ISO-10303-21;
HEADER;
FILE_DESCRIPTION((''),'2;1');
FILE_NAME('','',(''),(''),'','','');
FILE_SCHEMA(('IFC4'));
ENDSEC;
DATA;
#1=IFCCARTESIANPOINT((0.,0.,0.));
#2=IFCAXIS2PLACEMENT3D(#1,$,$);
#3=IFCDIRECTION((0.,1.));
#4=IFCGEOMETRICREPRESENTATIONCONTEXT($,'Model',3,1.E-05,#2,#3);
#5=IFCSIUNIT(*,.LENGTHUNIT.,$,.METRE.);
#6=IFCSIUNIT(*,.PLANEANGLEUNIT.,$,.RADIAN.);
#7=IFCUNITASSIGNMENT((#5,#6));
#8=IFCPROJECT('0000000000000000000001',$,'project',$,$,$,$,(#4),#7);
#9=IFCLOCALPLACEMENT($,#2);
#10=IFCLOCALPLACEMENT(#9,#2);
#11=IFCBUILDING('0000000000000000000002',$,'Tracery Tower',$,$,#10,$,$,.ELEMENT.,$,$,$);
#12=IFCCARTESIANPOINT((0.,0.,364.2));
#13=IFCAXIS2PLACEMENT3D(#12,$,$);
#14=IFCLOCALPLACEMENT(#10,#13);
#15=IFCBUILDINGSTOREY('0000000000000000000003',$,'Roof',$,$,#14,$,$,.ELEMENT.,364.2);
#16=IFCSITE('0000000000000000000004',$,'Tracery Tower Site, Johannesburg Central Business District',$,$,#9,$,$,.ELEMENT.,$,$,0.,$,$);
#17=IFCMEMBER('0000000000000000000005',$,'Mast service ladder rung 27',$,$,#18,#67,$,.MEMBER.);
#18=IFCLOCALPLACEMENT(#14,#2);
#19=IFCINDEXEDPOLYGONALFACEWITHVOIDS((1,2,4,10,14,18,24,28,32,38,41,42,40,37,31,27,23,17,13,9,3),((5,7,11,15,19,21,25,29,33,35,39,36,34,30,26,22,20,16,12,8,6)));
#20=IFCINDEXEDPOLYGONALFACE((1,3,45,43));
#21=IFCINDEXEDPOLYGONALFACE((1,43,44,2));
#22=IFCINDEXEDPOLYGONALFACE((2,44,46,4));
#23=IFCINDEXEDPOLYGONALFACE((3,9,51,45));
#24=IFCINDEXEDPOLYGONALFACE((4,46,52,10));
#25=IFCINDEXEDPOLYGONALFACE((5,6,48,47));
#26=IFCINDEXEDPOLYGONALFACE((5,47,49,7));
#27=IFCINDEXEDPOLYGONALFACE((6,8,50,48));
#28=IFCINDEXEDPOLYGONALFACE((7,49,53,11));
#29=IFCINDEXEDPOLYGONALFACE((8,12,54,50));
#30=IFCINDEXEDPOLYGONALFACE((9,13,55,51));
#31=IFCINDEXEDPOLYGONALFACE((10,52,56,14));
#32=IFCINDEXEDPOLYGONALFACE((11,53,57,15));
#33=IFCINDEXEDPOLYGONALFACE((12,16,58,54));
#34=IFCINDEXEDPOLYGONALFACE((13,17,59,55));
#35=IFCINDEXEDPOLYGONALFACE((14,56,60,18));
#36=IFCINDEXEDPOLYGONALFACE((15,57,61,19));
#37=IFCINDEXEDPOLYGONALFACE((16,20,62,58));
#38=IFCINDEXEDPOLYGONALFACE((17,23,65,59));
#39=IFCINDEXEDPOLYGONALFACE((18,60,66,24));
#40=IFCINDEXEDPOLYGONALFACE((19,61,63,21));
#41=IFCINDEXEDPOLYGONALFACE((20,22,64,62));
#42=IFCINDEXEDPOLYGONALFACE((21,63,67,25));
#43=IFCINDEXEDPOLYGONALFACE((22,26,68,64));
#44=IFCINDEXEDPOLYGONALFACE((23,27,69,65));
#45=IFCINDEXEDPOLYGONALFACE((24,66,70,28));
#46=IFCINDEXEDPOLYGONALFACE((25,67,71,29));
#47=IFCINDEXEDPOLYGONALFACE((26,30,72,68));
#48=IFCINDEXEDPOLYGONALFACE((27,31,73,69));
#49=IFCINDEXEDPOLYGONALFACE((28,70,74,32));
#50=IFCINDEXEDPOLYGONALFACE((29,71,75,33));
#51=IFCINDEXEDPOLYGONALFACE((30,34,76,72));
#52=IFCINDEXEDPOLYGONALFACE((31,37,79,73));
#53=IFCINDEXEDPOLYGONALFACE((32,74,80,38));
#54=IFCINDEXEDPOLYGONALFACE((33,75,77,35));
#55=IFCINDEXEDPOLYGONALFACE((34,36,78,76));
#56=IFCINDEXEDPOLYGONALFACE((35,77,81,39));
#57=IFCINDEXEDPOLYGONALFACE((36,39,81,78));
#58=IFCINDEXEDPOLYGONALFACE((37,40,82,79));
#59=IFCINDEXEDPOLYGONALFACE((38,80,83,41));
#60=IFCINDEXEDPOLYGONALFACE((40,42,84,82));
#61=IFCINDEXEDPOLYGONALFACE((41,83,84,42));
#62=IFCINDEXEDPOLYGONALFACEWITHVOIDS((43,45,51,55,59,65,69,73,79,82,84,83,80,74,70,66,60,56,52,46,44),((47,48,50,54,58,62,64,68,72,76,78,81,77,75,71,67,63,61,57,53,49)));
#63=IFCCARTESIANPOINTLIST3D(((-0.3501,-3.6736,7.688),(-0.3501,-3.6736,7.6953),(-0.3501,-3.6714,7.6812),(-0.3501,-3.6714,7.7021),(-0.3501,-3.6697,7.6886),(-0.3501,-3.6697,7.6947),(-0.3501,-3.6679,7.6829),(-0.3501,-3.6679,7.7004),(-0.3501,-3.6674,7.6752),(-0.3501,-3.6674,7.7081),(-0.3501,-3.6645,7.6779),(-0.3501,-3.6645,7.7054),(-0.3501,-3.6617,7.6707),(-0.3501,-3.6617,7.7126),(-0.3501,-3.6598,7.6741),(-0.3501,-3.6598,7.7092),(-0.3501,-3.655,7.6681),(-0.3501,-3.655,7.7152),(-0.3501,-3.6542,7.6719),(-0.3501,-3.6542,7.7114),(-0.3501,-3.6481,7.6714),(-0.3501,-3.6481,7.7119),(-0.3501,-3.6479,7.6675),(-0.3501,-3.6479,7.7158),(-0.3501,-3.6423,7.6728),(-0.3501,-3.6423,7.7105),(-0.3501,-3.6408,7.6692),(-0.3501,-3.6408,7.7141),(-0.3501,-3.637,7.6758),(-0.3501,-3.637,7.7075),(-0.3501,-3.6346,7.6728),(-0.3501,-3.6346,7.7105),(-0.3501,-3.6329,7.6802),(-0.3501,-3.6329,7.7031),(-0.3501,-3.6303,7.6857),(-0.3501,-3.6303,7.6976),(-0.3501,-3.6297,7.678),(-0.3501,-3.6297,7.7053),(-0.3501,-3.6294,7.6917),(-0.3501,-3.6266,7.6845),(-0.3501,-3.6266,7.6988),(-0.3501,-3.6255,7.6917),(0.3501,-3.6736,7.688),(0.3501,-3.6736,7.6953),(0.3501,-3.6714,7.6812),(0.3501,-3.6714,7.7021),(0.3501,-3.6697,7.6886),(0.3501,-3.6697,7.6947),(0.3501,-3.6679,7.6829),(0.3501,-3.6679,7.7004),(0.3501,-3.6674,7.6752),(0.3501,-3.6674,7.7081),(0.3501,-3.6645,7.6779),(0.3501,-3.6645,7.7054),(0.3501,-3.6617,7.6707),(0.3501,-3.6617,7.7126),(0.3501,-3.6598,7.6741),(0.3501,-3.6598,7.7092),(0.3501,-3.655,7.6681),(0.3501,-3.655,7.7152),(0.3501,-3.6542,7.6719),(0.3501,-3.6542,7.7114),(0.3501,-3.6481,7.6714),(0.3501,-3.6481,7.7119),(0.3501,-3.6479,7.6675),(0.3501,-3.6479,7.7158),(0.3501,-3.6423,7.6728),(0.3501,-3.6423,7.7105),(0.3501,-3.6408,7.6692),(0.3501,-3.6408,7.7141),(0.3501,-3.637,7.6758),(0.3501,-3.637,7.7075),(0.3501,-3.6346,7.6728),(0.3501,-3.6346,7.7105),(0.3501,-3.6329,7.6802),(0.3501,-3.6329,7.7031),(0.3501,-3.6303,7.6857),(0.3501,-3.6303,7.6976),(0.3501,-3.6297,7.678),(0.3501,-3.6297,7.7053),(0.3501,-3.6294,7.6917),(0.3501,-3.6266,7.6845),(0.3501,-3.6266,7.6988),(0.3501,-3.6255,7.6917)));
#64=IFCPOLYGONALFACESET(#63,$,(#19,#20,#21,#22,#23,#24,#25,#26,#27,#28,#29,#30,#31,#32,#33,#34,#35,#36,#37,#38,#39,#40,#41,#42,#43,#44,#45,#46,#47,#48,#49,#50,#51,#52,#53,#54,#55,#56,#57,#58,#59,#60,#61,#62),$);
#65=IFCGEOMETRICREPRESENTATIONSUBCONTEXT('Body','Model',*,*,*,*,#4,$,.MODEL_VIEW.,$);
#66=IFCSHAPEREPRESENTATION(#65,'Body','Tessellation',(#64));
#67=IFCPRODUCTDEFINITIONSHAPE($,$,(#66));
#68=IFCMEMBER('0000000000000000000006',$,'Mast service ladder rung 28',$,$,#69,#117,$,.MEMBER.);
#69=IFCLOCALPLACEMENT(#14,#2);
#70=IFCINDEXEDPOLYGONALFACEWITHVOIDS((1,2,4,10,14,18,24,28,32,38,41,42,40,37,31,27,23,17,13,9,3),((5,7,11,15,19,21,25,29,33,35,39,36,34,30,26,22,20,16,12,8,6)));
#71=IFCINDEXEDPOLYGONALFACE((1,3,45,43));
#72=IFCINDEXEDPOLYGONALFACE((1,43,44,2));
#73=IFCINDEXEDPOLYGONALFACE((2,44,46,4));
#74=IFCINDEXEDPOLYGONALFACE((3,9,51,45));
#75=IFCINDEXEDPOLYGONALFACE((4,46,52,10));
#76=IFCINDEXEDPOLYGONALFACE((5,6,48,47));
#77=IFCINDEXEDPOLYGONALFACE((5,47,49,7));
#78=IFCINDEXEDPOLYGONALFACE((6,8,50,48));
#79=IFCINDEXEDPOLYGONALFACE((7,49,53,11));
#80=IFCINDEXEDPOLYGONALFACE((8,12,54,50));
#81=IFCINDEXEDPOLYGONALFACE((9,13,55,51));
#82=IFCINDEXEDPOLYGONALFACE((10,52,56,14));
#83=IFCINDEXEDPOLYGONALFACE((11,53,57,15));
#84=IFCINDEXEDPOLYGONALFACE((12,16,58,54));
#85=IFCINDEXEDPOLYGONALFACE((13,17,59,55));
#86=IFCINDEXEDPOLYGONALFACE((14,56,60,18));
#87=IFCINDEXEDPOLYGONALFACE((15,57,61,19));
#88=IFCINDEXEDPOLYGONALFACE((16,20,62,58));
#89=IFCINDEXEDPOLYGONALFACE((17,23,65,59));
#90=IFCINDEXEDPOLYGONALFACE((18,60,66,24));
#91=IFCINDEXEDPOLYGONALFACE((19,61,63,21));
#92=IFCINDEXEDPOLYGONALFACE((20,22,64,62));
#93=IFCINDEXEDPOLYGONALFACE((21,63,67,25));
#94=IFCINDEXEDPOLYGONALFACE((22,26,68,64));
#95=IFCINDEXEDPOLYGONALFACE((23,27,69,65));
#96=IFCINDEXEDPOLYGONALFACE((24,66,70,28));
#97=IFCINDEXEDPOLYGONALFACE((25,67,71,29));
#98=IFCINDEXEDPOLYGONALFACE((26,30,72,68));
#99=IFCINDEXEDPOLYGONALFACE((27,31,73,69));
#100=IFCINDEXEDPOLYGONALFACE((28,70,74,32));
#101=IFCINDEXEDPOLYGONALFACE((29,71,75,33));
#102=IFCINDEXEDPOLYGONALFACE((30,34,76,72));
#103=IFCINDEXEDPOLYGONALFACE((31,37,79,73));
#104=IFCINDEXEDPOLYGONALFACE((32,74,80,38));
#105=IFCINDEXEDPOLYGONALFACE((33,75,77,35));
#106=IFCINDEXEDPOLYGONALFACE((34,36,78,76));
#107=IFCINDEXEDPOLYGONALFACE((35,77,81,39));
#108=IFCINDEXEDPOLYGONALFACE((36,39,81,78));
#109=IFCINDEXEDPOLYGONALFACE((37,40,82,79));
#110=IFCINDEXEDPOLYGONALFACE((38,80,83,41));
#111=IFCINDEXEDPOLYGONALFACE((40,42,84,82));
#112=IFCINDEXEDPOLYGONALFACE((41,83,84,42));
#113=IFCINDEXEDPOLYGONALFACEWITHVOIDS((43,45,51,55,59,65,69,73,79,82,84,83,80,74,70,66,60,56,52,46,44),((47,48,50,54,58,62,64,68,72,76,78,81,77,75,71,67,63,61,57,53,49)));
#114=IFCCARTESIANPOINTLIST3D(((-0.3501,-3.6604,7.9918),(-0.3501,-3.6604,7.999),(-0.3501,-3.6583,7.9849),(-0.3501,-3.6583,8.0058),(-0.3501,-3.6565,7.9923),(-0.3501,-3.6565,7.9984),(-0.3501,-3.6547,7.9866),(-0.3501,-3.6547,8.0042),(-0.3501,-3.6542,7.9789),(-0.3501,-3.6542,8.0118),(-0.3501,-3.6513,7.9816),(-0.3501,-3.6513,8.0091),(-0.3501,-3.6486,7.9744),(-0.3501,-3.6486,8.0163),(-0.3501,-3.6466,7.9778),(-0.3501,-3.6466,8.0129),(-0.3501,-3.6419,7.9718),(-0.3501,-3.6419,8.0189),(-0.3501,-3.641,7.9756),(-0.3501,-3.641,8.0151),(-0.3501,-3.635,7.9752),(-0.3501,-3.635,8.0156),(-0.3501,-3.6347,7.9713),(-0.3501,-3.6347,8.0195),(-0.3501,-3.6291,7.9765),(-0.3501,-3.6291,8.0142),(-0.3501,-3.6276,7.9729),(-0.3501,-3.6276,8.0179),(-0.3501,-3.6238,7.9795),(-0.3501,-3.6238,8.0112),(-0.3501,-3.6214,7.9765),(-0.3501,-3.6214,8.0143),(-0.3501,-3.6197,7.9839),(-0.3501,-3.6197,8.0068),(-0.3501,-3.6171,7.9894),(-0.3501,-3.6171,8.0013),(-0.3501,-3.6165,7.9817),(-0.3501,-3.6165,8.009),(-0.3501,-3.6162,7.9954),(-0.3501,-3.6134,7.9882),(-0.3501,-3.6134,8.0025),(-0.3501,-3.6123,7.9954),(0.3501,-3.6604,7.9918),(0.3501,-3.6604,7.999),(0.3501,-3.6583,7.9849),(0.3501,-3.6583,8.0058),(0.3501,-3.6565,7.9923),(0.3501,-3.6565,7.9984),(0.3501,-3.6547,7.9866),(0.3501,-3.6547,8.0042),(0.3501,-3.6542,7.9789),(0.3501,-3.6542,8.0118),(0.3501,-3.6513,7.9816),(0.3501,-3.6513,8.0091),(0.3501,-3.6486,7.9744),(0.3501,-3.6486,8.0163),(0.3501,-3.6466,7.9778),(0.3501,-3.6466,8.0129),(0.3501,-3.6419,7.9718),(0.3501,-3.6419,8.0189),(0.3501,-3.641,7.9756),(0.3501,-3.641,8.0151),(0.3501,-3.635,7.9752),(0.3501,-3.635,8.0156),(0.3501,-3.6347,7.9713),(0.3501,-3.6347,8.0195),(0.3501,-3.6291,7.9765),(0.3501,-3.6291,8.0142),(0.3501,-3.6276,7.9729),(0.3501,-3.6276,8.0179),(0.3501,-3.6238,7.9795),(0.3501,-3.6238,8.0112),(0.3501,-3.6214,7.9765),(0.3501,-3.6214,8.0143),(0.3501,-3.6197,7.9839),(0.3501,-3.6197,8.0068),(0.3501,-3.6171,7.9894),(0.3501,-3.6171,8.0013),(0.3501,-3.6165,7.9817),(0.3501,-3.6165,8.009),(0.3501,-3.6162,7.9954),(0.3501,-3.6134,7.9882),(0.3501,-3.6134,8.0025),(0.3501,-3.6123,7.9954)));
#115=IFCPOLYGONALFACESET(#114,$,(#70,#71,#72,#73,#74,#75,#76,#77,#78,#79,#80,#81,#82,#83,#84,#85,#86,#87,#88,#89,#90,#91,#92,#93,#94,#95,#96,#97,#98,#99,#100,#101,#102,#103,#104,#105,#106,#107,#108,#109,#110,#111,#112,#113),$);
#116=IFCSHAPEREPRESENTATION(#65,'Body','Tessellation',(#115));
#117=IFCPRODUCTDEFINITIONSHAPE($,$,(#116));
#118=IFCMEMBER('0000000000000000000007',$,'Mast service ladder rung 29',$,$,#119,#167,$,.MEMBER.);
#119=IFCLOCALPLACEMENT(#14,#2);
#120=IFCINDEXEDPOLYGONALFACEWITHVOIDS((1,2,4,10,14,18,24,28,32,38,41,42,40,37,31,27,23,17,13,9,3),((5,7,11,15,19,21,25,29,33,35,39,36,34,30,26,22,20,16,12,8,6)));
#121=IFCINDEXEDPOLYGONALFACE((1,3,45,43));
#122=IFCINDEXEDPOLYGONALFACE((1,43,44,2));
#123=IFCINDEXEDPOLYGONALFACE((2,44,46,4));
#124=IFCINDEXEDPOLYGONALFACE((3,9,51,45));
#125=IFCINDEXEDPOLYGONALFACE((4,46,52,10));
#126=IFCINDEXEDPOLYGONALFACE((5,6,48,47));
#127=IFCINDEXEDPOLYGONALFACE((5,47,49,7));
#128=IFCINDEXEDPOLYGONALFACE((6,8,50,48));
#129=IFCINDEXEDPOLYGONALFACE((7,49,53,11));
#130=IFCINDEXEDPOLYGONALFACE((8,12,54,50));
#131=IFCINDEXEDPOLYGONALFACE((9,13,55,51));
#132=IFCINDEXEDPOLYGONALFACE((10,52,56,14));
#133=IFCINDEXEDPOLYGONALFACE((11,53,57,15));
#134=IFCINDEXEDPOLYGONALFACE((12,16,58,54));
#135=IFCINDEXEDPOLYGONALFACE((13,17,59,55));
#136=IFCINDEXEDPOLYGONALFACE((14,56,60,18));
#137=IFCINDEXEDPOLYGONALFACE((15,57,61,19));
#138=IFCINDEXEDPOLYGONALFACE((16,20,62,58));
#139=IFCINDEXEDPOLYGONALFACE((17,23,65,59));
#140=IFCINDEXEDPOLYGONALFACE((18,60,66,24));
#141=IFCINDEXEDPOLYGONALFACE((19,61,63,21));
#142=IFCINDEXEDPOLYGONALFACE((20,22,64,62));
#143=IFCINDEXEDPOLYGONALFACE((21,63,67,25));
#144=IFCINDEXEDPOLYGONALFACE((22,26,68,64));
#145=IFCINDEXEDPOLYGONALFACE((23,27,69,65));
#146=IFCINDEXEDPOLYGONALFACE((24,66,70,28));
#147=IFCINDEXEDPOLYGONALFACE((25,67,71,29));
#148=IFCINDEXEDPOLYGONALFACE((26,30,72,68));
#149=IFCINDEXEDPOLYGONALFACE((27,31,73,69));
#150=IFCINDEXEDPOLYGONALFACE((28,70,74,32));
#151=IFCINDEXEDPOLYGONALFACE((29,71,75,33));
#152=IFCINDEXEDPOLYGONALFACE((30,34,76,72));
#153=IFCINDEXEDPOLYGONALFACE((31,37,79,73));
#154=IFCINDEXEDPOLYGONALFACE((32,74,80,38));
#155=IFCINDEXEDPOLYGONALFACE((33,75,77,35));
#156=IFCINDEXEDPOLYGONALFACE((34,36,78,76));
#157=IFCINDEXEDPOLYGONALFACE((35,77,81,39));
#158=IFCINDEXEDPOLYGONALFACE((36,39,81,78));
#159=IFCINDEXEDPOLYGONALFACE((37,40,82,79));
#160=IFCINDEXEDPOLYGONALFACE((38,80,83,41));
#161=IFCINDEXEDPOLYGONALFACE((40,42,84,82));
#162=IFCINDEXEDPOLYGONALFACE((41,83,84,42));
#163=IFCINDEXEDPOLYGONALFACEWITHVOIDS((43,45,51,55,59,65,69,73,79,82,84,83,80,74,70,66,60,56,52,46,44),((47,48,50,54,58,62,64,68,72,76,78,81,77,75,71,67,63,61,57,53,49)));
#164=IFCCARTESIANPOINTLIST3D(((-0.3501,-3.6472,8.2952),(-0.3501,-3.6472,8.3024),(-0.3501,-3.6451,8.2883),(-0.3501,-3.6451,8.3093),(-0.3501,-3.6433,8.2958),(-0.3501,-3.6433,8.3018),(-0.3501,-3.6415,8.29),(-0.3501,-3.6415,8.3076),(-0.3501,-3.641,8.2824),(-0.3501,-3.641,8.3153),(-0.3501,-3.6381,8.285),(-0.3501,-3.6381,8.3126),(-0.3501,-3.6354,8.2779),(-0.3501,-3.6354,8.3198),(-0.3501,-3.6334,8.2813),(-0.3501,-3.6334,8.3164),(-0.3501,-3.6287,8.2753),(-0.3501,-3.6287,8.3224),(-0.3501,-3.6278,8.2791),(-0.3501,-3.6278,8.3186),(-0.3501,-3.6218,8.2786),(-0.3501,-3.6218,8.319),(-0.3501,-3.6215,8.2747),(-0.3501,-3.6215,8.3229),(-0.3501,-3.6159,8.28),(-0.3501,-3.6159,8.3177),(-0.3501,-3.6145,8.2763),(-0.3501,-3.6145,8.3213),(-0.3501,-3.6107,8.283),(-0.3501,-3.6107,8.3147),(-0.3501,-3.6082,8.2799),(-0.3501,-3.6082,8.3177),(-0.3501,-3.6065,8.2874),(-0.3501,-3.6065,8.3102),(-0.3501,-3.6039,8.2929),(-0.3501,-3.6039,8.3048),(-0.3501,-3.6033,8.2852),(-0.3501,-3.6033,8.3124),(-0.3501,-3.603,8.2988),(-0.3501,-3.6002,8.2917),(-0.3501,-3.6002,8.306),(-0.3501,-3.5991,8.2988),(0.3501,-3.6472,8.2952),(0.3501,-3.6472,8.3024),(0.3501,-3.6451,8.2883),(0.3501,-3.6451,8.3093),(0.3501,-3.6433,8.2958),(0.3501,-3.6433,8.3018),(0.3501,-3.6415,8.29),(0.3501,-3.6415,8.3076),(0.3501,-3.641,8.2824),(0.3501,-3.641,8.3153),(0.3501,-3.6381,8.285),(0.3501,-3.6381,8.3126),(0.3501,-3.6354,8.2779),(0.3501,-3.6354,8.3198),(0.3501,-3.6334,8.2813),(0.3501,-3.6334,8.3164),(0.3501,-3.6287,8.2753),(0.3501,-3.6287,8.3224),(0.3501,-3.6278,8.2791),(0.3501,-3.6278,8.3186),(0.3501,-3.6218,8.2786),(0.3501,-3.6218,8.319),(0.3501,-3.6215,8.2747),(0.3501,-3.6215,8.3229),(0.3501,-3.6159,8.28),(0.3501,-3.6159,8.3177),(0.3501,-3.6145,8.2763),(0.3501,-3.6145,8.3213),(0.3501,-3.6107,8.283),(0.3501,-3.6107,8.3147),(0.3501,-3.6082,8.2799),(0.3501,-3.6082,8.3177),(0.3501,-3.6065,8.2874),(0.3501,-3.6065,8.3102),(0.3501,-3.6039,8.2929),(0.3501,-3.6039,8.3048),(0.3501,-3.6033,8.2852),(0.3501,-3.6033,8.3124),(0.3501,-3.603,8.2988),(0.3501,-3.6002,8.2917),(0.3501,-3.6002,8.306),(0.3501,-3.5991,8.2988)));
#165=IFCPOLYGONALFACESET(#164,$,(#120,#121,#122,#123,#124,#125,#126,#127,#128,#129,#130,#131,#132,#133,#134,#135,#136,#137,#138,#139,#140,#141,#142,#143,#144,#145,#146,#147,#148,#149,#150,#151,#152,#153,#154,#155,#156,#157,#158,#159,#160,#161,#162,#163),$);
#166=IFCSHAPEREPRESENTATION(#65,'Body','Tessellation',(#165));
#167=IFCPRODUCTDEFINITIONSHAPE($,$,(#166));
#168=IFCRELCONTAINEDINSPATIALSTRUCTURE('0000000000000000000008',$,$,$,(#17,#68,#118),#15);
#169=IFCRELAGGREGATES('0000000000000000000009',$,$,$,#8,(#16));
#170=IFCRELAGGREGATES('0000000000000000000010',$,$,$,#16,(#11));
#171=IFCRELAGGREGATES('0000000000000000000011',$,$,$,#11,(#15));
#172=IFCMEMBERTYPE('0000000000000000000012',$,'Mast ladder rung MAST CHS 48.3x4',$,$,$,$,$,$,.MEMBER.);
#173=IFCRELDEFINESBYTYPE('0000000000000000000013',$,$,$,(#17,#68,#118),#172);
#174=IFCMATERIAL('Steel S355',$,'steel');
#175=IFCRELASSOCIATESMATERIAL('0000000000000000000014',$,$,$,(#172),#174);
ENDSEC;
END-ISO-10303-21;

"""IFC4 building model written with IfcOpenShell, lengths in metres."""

from ifc_helpers import new_model, si_unit, direction, frame, origin, origin_2d, place, context, subcontext, project, spatial, hollow_circle, extrude, material, material_profile, profile_set, type_object, element, save


model = new_model("IFC4")

# Units and contexts
model_context = context("Model", 3, precision=1e-05, world=origin(), true_north=direction((0.0, 1.0)))
body_context = subcontext(model_context, "Body", "Model", "MODEL_VIEW")
ifc_project = project(units=[si_unit("LENGTHUNIT", "METRE"), si_unit("PLANEANGLEUNIT", "RADIAN")], contexts=[model_context])

# Site, building, storey
site_placement = place(None, origin())
site = spatial("IfcSite", under=ifc_project, at=site_placement, Name="Tracery Tower Site, Johannesburg Central Business District", CompositionType="ELEMENT", RefElevation=0.0)
building_placement = place(site_placement, origin())
building = spatial("IfcBuilding", under=site, at=building_placement, Name="Tracery Tower", CompositionType="ELEMENT")
storey_placement = place(building_placement, frame((0.0, 0.0, 364.2)))
storey = spatial("IfcBuildingStorey", under=building, at=storey_placement, Name="Roof", CompositionType="ELEMENT", Elevation=364.2)

# Members
ifc_material_1 = material(Name="Steel S355", Category="steel")
ifc_material_profile_1 = material_profile(ifc_material_1, hollow_circle(Radius=0.0242, WallThickness=0.0039, at=origin_2d()), Name="CHS 48.3x4")
ifc_profile_set_1 = profile_set([ifc_material_profile_1], Name="Steel S355")
member_type_1 = type_object("IfcMemberType", Name="Mast ladder rung MAST CHS 48.3x4", PredefinedType="MEMBER", material=ifc_profile_set_1)
for number, where, z_axis, x_axis, name in (
    (1, (-0.3501, -3.6497, 7.6917), (1.0, 0.0, 0.0), (0.0, 1.0, 0.0), "Mast service ladder rung 27"),
    (2, (-0.3501, -3.6365, 7.9954), (1.0, 0.0, 0.0), (0.0, 1.0, 0.0), "Mast service ladder rung 28"),
    (3, (-0.3501, -3.6233, 8.2988), (1.0, 0.0, 0.0), (0.0, 1.0, 0.0), "Mast service ladder rung 29"),
):
    element("IfcMember", number, at=place(storey_placement, frame(where, z_axis=z_axis, x_axis=x_axis)), inside=storey, type_object=member_type_1, Name=name, PredefinedType="MEMBER", context=body_context, shape_type="SweptSolid", body=[
        extrude(hollow_circle(Radius=0.0242, WallThickness=0.0039, at=origin_2d()), origin(), (0.0, 0.0, 1.0), 0.7002),
    ])

save(model, "model.ifc")
